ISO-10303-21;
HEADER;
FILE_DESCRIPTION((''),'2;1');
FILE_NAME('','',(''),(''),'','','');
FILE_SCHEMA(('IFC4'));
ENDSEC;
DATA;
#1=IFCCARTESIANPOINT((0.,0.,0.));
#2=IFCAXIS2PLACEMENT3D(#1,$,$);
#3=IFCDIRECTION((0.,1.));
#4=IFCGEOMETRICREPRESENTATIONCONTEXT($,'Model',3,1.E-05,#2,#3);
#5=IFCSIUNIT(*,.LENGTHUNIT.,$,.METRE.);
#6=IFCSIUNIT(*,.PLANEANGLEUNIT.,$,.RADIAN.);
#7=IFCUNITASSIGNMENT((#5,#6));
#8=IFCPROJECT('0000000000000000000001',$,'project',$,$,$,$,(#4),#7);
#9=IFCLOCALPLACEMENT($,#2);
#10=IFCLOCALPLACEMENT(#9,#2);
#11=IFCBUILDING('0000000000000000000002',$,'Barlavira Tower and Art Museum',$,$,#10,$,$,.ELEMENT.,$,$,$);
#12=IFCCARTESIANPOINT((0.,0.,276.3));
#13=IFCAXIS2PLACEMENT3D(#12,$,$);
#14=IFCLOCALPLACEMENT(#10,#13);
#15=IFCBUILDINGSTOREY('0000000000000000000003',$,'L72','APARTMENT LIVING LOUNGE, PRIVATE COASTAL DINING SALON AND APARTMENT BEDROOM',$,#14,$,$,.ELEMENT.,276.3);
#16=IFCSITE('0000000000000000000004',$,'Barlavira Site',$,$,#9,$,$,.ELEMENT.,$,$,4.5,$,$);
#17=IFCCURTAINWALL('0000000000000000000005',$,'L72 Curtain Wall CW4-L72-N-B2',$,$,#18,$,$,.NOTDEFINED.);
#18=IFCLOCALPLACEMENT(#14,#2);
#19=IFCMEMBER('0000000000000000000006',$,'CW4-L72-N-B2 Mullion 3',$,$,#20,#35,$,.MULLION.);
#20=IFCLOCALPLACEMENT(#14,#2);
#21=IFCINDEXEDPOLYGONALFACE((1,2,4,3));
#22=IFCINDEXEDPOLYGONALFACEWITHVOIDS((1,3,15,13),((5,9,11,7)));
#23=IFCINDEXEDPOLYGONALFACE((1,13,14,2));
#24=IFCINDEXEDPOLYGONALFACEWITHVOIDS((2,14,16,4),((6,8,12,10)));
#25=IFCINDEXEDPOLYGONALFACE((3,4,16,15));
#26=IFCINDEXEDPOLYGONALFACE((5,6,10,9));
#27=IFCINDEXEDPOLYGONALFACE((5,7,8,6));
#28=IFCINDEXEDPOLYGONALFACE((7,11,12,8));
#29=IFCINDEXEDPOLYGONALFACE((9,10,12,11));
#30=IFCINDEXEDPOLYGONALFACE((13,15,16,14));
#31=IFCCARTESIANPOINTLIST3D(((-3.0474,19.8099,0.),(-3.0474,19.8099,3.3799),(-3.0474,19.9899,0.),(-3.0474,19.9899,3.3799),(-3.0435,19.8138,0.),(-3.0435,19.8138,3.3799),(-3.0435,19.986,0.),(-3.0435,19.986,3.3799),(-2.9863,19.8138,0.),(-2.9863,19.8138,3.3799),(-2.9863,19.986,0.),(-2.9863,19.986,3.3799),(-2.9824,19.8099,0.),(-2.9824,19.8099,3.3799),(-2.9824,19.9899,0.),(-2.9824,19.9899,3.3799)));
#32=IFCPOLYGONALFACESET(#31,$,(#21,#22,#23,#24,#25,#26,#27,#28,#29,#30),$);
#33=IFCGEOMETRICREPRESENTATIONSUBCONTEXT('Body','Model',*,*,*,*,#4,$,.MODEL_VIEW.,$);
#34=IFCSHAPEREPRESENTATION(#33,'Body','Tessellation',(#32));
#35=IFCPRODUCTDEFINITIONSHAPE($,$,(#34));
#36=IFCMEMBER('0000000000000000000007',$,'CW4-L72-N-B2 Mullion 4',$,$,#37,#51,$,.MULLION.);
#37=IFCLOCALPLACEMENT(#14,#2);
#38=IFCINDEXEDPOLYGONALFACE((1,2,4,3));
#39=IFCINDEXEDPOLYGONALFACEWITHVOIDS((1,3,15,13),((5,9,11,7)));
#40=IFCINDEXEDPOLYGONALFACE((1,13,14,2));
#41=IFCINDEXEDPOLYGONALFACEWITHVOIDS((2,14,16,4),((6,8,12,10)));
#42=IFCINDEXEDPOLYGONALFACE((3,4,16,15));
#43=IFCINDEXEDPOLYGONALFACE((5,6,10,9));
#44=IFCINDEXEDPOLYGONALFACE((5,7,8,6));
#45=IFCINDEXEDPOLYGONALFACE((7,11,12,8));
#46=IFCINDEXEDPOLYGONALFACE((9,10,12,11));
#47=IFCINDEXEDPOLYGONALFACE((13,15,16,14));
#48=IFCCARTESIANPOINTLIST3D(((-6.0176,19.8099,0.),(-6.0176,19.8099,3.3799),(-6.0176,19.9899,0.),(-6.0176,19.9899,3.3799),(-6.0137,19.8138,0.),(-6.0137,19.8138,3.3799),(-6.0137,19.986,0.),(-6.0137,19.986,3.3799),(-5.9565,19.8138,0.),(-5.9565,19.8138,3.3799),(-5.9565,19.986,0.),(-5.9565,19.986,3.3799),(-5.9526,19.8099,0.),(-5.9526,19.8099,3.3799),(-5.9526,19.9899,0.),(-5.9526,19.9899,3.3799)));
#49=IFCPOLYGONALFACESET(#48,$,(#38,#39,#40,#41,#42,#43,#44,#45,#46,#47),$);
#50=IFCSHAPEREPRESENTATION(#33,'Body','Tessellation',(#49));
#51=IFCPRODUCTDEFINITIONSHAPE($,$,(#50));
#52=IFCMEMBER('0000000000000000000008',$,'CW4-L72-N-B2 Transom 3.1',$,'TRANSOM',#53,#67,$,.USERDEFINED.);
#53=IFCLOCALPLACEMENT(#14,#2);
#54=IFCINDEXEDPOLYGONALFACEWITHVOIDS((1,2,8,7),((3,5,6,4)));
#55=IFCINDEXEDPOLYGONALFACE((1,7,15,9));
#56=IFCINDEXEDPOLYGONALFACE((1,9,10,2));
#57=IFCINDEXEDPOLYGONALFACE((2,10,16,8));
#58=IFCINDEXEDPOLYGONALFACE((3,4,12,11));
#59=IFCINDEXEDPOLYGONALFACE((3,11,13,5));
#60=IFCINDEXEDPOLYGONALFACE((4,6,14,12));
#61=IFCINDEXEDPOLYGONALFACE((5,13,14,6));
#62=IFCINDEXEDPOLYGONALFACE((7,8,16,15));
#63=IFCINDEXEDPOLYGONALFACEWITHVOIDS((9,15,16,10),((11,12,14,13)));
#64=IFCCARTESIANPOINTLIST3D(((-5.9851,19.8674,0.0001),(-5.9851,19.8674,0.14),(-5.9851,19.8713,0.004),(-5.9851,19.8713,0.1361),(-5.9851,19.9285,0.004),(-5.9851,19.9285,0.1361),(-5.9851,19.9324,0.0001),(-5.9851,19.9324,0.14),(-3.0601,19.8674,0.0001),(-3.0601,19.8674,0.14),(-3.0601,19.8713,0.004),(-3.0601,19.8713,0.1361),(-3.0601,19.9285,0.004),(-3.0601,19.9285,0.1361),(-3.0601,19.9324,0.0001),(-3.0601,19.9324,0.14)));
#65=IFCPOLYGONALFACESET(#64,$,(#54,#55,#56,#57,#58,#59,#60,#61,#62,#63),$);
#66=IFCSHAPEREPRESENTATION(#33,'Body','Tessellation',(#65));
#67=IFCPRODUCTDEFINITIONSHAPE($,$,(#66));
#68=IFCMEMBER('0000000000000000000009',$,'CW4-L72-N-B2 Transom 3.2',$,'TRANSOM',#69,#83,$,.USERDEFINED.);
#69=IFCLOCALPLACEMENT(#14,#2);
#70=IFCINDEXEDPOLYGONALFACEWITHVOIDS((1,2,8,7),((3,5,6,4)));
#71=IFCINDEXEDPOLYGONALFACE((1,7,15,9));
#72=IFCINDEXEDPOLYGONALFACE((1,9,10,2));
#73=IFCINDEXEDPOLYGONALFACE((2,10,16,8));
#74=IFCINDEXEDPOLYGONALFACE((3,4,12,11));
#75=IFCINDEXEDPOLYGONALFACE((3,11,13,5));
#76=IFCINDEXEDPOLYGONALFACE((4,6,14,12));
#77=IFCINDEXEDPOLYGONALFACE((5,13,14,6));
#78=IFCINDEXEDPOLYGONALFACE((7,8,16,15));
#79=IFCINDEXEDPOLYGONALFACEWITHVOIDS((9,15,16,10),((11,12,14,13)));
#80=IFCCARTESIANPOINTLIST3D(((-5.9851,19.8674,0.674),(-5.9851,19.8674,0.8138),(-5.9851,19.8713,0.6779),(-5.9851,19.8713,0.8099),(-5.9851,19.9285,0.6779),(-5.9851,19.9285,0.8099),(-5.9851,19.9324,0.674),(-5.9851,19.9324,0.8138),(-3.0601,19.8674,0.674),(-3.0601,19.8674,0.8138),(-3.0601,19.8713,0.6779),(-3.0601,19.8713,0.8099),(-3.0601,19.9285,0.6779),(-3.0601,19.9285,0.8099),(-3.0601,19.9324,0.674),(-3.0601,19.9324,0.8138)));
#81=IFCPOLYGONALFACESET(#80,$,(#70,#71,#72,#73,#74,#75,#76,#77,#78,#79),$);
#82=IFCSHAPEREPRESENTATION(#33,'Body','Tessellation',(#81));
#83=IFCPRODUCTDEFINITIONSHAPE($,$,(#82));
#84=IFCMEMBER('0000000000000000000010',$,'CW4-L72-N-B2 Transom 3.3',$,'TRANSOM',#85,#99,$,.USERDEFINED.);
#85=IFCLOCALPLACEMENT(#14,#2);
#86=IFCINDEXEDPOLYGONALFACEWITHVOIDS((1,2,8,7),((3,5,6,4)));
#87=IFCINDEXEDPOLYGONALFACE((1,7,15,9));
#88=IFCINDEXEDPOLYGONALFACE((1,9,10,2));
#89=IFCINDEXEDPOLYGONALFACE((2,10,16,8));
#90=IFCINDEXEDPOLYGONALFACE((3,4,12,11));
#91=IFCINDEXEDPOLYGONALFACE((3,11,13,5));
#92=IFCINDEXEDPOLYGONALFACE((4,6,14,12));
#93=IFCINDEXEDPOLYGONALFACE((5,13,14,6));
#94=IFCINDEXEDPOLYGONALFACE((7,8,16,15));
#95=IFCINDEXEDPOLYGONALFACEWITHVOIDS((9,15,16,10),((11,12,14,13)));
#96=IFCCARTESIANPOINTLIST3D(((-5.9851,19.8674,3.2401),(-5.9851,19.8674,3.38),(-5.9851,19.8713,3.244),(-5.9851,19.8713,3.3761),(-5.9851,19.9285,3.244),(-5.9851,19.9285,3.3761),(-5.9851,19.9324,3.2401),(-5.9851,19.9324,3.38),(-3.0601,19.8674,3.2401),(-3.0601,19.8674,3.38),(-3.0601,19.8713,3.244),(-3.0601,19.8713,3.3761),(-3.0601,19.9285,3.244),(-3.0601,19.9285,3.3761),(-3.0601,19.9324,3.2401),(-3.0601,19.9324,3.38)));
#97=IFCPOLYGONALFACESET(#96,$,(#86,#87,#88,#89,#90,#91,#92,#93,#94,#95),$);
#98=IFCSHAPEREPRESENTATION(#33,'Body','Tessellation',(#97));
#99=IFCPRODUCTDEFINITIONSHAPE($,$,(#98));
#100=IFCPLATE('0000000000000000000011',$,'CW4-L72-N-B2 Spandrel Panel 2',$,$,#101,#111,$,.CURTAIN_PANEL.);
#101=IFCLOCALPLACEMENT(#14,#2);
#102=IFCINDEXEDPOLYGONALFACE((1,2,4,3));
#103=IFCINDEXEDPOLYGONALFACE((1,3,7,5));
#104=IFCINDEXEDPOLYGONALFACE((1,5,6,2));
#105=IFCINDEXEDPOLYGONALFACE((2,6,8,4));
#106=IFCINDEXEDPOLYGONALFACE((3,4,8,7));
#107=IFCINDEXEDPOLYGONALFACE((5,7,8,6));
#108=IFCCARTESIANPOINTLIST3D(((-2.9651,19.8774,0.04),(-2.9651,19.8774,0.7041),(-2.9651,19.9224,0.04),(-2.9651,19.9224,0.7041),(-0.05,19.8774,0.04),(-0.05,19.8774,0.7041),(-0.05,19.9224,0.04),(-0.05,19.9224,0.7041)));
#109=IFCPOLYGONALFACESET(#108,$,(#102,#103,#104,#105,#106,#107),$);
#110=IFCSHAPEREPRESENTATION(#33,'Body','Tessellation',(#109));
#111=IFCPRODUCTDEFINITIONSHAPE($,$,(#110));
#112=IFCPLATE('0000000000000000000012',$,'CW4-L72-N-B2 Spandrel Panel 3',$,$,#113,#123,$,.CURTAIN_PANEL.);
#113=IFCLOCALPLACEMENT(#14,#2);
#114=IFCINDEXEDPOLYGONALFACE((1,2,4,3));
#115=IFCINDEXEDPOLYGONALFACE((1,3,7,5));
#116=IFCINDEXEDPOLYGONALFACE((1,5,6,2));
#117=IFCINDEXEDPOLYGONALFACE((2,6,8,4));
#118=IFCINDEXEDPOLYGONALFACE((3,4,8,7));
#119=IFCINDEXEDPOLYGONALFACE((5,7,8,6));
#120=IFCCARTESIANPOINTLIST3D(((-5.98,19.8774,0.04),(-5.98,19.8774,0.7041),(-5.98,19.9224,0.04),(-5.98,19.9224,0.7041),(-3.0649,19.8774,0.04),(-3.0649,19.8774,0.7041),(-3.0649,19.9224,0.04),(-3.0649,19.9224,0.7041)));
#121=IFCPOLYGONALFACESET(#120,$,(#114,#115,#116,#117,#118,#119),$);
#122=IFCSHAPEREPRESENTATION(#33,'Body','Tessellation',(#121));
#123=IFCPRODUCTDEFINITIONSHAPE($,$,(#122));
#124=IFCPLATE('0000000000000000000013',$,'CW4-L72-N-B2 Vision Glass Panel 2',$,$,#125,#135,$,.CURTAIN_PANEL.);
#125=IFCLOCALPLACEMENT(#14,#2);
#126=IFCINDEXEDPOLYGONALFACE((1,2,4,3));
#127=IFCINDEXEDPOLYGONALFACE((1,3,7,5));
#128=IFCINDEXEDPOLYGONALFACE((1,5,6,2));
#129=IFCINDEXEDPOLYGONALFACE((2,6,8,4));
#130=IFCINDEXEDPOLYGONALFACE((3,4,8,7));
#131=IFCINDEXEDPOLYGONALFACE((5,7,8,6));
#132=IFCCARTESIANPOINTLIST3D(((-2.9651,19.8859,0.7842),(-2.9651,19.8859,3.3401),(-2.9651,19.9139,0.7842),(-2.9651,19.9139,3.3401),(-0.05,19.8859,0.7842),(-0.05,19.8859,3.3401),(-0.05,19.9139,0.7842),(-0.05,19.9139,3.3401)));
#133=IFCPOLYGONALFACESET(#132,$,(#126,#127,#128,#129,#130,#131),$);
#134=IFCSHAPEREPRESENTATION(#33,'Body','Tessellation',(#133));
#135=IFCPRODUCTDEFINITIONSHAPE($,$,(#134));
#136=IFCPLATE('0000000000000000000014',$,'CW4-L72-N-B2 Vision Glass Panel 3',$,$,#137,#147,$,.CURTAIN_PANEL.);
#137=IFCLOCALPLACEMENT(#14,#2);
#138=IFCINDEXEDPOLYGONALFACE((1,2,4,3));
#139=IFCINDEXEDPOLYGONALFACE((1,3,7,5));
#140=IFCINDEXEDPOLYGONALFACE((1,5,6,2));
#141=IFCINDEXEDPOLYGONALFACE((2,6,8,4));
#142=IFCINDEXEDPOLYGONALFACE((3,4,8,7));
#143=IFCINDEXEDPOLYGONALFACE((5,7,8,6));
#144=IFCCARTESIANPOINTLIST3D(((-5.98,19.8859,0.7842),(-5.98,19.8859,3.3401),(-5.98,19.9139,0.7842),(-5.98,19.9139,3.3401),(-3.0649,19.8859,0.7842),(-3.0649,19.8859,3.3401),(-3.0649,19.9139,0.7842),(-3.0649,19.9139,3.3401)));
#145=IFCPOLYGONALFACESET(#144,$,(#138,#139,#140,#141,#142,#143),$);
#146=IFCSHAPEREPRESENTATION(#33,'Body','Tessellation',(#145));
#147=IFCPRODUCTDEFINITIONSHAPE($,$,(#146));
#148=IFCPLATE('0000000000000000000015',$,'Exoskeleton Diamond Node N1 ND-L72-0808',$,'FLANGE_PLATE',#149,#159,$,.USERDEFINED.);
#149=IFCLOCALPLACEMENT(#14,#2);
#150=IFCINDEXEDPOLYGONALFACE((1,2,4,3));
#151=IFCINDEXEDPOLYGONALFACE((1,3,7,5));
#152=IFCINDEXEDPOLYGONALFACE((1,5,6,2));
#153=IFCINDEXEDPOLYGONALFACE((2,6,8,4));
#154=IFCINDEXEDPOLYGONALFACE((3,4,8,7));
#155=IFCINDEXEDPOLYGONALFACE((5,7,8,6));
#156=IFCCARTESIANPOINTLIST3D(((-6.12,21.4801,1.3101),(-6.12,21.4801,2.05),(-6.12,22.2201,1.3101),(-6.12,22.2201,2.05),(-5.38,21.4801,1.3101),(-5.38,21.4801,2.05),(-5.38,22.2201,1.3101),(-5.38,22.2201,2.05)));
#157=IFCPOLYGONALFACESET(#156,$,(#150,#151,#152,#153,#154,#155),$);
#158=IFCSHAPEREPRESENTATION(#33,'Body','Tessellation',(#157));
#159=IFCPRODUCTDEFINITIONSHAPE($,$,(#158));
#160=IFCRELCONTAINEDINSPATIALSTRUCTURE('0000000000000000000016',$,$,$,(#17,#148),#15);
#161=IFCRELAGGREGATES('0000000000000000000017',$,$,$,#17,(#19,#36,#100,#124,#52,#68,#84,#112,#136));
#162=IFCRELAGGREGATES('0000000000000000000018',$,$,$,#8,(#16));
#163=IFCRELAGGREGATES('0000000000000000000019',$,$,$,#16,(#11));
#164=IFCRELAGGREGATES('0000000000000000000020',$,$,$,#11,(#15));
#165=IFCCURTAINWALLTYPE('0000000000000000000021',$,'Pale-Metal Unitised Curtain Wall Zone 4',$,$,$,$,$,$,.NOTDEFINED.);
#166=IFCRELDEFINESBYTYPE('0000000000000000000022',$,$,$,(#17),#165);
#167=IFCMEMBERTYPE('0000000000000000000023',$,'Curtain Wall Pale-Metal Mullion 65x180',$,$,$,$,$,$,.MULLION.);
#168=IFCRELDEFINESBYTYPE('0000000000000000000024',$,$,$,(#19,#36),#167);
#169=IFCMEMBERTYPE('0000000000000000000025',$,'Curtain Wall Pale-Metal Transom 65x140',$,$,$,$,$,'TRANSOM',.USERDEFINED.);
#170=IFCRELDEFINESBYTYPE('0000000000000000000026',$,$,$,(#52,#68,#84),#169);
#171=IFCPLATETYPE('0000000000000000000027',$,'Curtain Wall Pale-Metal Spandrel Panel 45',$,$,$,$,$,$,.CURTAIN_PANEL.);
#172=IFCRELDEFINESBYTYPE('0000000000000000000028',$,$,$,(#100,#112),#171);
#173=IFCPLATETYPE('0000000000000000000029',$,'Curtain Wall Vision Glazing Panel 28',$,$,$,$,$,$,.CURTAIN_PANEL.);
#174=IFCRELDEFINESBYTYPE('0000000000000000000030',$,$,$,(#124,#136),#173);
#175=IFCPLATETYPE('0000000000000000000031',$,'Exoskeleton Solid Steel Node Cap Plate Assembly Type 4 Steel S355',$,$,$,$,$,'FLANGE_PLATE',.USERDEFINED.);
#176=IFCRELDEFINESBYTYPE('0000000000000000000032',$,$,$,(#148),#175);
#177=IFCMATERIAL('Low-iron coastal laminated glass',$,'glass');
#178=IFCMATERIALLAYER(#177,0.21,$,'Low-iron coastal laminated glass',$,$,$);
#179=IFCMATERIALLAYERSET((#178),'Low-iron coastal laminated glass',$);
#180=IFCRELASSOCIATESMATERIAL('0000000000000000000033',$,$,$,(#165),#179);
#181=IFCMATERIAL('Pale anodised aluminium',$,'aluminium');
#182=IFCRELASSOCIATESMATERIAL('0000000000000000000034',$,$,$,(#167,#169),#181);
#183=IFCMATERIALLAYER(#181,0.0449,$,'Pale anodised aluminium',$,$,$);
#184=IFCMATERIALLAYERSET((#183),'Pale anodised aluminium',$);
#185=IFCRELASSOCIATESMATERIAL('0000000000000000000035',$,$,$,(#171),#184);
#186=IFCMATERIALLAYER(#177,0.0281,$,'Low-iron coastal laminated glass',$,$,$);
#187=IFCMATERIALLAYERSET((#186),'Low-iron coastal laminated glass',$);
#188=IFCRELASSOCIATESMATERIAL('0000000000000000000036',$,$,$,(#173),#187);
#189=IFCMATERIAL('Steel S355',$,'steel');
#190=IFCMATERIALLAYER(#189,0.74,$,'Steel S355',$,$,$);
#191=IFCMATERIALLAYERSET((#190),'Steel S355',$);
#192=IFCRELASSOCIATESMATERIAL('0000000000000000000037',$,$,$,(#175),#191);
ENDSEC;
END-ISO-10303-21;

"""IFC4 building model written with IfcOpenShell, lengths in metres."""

from ifc_helpers import new_model, si_unit, direction, frame, origin, origin_2d, place, context, subcontext, project, spatial, rectangle, hollow_rectangle, extrude, material, layer, layer_set, material_profile, profile_set, type_object, element, aggregate, save


model = new_model("IFC4")

# Units and contexts
model_context = context("Model", 3, precision=1e-05, world=origin(), true_north=direction((0.0, 1.0)))
body_context = subcontext(model_context, "Body", "Model", "MODEL_VIEW")
ifc_project = project(units=[si_unit("LENGTHUNIT", "METRE"), si_unit("PLANEANGLEUNIT", "RADIAN")], contexts=[model_context])

# Site, building, storey
site_placement = place(None, origin())
site = spatial("IfcSite", under=ifc_project, at=site_placement, Name="Barlavira Site", CompositionType="ELEMENT", RefElevation=4.5)
building_placement = place(site_placement, origin())
building = spatial("IfcBuilding", under=site, at=building_placement, Name="Barlavira Tower and Art Museum", CompositionType="ELEMENT")
storey_placement = place(building_placement, frame((0.0, 0.0, 276.3)))
storey = spatial("IfcBuildingStorey", under=building, at=storey_placement, Name="L72", Description="APARTMENT LIVING LOUNGE, PRIVATE COASTAL DINING SALON AND APARTMENT BEDROOM", CompositionType="ELEMENT", Elevation=276.3)

# Curtain wall, members, plates
ifc_material_1 = material(Name="Low-iron coastal laminated glass", Category="glass")
ifc_layer_1 = layer(ifc_material_1, 0.21, Name="Low-iron coastal laminated glass")
ifc_layer_set_1 = layer_set([ifc_layer_1], Name="Low-iron coastal laminated glass")
curtain_wall_type = type_object("IfcCurtainWallType", Name="Pale-Metal Unitised Curtain Wall Zone 4", PredefinedType="NOTDEFINED", material=ifc_layer_set_1)
curtain_wall_placement = place(storey_placement, origin())
curtain_wall = element("IfcCurtainWall", 1, at=curtain_wall_placement, inside=storey, type_object=curtain_wall_type, Name="L72 Curtain Wall CW4-L72-N-B2", PredefinedType="NOTDEFINED")
ifc_material_2 = material(Name="Pale anodised aluminium", Category="aluminium")
ifc_material_profile_1 = material_profile(ifc_material_2, hollow_rectangle(XDim=0.0649, YDim=0.1799, WallThickness=0.0039, at=origin_2d()), Name="ALU-MULL 65x180x4")
ifc_profile_set_1 = profile_set([ifc_material_profile_1], Name="Pale anodised aluminium")
member_type_1 = type_object("IfcMemberType", Name="Curtain Wall Pale-Metal Mullion 65x180", PredefinedType="MULLION", material=ifc_profile_set_1)
member_1_placement = place(storey_placement, frame((-3.0149, 19.8999, 0.0), z_axis=(0.0, 0.0, 1.0), x_axis=(-1.0, 0.0, 0.0)))
member_1 = element("IfcMember", 2, at=member_1_placement, type_object=member_type_1, Name="CW4-L72-N-B2 Mullion 3", PredefinedType="MULLION", context=body_context, shape_type="SweptSolid", body=[
    extrude(hollow_rectangle(XDim=0.0649, YDim=0.1799, WallThickness=0.0039, at=origin_2d()), origin(), (0.0, 0.0, 1.0), 3.3799),
])
member_2_placement = place(storey_placement, frame((-5.9851, 19.8999, 0.0), z_axis=(0.0, 0.0, 1.0), x_axis=(-1.0, 0.0, 0.0)))
member_2 = element("IfcMember", 3, at=member_2_placement, type_object=member_type_1, Name="CW4-L72-N-B2 Mullion 4", PredefinedType="MULLION", context=body_context, shape_type="SweptSolid", body=[
    extrude(hollow_rectangle(XDim=0.0649, YDim=0.1799, WallThickness=0.0039, at=origin_2d()), origin(), (0.0, 0.0, 1.0), 3.3799),
])
ifc_material_profile_2 = material_profile(ifc_material_2, hollow_rectangle(XDim=0.0649, YDim=0.1399, WallThickness=0.0039, at=origin_2d()), Name="ALU-TRAN 65x140x4")
ifc_profile_set_2 = profile_set([ifc_material_profile_2], Name="Pale anodised aluminium")
member_type_2 = type_object("IfcMemberType", Name="Curtain Wall Pale-Metal Transom 65x140", ElementType="TRANSOM", PredefinedType="USERDEFINED", material=ifc_profile_set_2)
member_3_placement = place(storey_placement, frame((-3.0601, 19.8999, 0.0701), z_axis=(-1.0, 0.0, 0.0), x_axis=(0.0, -1.0, 0.0)))
member_3 = element("IfcMember", 4, at=member_3_placement, type_object=member_type_2, Name="CW4-L72-N-B2 Transom 3.1", ObjectType="TRANSOM", PredefinedType="USERDEFINED", context=body_context, shape_type="SweptSolid", body=[
    extrude(hollow_rectangle(XDim=0.0649, YDim=0.1399, WallThickness=0.0039, at=origin_2d()), origin(), (0.0, 0.0, 1.0), 2.925),
])
member_4_placement = place(storey_placement, frame((-3.0601, 19.8999, 0.7439), z_axis=(-1.0, 0.0, 0.0), x_axis=(0.0, -1.0, 0.0)))
member_4 = element("IfcMember", 5, at=member_4_placement, type_object=member_type_2, Name="CW4-L72-N-B2 Transom 3.2", ObjectType="TRANSOM", PredefinedType="USERDEFINED", context=body_context, shape_type="SweptSolid", body=[
    extrude(hollow_rectangle(XDim=0.0649, YDim=0.1399, WallThickness=0.0039, at=origin_2d()), origin(), (0.0, 0.0, 1.0), 2.925),
])
member_5_placement = place(storey_placement, frame((-3.0601, 19.8999, 3.3101), z_axis=(-1.0, 0.0, 0.0), x_axis=(0.0, -1.0, 0.0)))
member_5 = element("IfcMember", 6, at=member_5_placement, type_object=member_type_2, Name="CW4-L72-N-B2 Transom 3.3", ObjectType="TRANSOM", PredefinedType="USERDEFINED", context=body_context, shape_type="SweptSolid", body=[
    extrude(hollow_rectangle(XDim=0.0649, YDim=0.1399, WallThickness=0.0039, at=origin_2d()), origin(), (0.0, 0.0, 1.0), 2.925),
])
ifc_layer_2 = layer(ifc_material_2, 0.0449, Name="Pale anodised aluminium")
ifc_layer_set_2 = layer_set([ifc_layer_2], Name="Pale anodised aluminium")
plate_type_1 = type_object("IfcPlateType", Name="Curtain Wall Pale-Metal Spandrel Panel 45", PredefinedType="CURTAIN_PANEL", material=ifc_layer_set_2)
plate_1_placement = place(storey_placement, frame((-1.5076, 19.8999, 0.04), z_axis=(0.0, 0.0, 1.0), x_axis=(-1.0, 0.0, 0.0)))
plate_1 = element("IfcPlate", 7, at=plate_1_placement, type_object=plate_type_1, Name="CW4-L72-N-B2 Spandrel Panel 2", PredefinedType="CURTAIN_PANEL", context=body_context, shape_type="SweptSolid", body=[
    extrude(rectangle(XDim=2.915, YDim=0.0449, at=origin_2d()), origin(), (0.0, 0.0, 1.0), 0.6641),
])
plate_2_placement = place(storey_placement, frame((-4.5225, 19.8999, 0.04), z_axis=(0.0, 0.0, 1.0), x_axis=(-1.0, 0.0, 0.0)))
plate_2 = element("IfcPlate", 8, at=plate_2_placement, type_object=plate_type_1, Name="CW4-L72-N-B2 Spandrel Panel 3", PredefinedType="CURTAIN_PANEL", context=body_context, shape_type="SweptSolid", body=[
    extrude(rectangle(XDim=2.915, YDim=0.0449, at=origin_2d()), origin(), (0.0, 0.0, 1.0), 0.6641),
])
ifc_layer_3 = layer(ifc_material_1, 0.0281, Name="Low-iron coastal laminated glass")
ifc_layer_set_3 = layer_set([ifc_layer_3], Name="Low-iron coastal laminated glass")
plate_type_2 = type_object("IfcPlateType", Name="Curtain Wall Vision Glazing Panel 28", PredefinedType="CURTAIN_PANEL", material=ifc_layer_set_3)
plate_3_placement = place(storey_placement, frame((-1.5076, 19.8999, 0.7842), z_axis=(0.0, 0.0, 1.0), x_axis=(-1.0, 0.0, 0.0)))
plate_3 = element("IfcPlate", 9, at=plate_3_placement, type_object=plate_type_2, Name="CW4-L72-N-B2 Vision Glass Panel 2", PredefinedType="CURTAIN_PANEL", context=body_context, shape_type="SweptSolid", body=[
    extrude(rectangle(XDim=2.915, YDim=0.0281, at=origin_2d()), origin(), (0.0, 0.0, 1.0), 2.5559),
])
plate_4_placement = place(storey_placement, frame((-4.5225, 19.8999, 0.7842), z_axis=(0.0, 0.0, 1.0), x_axis=(-1.0, 0.0, 0.0)))
plate_4 = element("IfcPlate", 10, at=plate_4_placement, type_object=plate_type_2, Name="CW4-L72-N-B2 Vision Glass Panel 3", PredefinedType="CURTAIN_PANEL", context=body_context, shape_type="SweptSolid", body=[
    extrude(rectangle(XDim=2.915, YDim=0.0281, at=origin_2d()), origin(), (0.0, 0.0, 1.0), 2.5559),
])
aggregate(curtain_wall, [member_1, member_2, plate_1, plate_3, member_3, member_4, member_5, plate_2, plate_4])

# Plate
ifc_material_3 = material(Name="Steel S355", Category="steel")
ifc_layer_4 = layer(ifc_material_3, 0.74, Name="Steel S355")
ifc_layer_set_4 = layer_set([ifc_layer_4], Name="Steel S355")
plate_type_3 = type_object("IfcPlateType", Name="Exoskeleton Solid Steel Node Cap Plate Assembly Type 4 Steel S355", ElementType="FLANGE_PLATE", PredefinedType="USERDEFINED", material=ifc_layer_set_4)
plate_5_placement = place(storey_placement, frame((-5.75, 21.8501, 1.3101), z_axis=(0.0, 0.0, 1.0), x_axis=(1.0, 0.0, 0.0)))
element("IfcPlate", 11, at=plate_5_placement, inside=storey, type_object=plate_type_3, Name="Exoskeleton Diamond Node N1 ND-L72-0808", ObjectType="FLANGE_PLATE", PredefinedType="USERDEFINED", context=body_context, shape_type="SweptSolid", body=[
    extrude(rectangle(XDim=0.74, YDim=0.74, at=origin_2d()), origin(), (0.0, 0.0, 1.0), 0.74),
])

save(model, "model.ifc")
